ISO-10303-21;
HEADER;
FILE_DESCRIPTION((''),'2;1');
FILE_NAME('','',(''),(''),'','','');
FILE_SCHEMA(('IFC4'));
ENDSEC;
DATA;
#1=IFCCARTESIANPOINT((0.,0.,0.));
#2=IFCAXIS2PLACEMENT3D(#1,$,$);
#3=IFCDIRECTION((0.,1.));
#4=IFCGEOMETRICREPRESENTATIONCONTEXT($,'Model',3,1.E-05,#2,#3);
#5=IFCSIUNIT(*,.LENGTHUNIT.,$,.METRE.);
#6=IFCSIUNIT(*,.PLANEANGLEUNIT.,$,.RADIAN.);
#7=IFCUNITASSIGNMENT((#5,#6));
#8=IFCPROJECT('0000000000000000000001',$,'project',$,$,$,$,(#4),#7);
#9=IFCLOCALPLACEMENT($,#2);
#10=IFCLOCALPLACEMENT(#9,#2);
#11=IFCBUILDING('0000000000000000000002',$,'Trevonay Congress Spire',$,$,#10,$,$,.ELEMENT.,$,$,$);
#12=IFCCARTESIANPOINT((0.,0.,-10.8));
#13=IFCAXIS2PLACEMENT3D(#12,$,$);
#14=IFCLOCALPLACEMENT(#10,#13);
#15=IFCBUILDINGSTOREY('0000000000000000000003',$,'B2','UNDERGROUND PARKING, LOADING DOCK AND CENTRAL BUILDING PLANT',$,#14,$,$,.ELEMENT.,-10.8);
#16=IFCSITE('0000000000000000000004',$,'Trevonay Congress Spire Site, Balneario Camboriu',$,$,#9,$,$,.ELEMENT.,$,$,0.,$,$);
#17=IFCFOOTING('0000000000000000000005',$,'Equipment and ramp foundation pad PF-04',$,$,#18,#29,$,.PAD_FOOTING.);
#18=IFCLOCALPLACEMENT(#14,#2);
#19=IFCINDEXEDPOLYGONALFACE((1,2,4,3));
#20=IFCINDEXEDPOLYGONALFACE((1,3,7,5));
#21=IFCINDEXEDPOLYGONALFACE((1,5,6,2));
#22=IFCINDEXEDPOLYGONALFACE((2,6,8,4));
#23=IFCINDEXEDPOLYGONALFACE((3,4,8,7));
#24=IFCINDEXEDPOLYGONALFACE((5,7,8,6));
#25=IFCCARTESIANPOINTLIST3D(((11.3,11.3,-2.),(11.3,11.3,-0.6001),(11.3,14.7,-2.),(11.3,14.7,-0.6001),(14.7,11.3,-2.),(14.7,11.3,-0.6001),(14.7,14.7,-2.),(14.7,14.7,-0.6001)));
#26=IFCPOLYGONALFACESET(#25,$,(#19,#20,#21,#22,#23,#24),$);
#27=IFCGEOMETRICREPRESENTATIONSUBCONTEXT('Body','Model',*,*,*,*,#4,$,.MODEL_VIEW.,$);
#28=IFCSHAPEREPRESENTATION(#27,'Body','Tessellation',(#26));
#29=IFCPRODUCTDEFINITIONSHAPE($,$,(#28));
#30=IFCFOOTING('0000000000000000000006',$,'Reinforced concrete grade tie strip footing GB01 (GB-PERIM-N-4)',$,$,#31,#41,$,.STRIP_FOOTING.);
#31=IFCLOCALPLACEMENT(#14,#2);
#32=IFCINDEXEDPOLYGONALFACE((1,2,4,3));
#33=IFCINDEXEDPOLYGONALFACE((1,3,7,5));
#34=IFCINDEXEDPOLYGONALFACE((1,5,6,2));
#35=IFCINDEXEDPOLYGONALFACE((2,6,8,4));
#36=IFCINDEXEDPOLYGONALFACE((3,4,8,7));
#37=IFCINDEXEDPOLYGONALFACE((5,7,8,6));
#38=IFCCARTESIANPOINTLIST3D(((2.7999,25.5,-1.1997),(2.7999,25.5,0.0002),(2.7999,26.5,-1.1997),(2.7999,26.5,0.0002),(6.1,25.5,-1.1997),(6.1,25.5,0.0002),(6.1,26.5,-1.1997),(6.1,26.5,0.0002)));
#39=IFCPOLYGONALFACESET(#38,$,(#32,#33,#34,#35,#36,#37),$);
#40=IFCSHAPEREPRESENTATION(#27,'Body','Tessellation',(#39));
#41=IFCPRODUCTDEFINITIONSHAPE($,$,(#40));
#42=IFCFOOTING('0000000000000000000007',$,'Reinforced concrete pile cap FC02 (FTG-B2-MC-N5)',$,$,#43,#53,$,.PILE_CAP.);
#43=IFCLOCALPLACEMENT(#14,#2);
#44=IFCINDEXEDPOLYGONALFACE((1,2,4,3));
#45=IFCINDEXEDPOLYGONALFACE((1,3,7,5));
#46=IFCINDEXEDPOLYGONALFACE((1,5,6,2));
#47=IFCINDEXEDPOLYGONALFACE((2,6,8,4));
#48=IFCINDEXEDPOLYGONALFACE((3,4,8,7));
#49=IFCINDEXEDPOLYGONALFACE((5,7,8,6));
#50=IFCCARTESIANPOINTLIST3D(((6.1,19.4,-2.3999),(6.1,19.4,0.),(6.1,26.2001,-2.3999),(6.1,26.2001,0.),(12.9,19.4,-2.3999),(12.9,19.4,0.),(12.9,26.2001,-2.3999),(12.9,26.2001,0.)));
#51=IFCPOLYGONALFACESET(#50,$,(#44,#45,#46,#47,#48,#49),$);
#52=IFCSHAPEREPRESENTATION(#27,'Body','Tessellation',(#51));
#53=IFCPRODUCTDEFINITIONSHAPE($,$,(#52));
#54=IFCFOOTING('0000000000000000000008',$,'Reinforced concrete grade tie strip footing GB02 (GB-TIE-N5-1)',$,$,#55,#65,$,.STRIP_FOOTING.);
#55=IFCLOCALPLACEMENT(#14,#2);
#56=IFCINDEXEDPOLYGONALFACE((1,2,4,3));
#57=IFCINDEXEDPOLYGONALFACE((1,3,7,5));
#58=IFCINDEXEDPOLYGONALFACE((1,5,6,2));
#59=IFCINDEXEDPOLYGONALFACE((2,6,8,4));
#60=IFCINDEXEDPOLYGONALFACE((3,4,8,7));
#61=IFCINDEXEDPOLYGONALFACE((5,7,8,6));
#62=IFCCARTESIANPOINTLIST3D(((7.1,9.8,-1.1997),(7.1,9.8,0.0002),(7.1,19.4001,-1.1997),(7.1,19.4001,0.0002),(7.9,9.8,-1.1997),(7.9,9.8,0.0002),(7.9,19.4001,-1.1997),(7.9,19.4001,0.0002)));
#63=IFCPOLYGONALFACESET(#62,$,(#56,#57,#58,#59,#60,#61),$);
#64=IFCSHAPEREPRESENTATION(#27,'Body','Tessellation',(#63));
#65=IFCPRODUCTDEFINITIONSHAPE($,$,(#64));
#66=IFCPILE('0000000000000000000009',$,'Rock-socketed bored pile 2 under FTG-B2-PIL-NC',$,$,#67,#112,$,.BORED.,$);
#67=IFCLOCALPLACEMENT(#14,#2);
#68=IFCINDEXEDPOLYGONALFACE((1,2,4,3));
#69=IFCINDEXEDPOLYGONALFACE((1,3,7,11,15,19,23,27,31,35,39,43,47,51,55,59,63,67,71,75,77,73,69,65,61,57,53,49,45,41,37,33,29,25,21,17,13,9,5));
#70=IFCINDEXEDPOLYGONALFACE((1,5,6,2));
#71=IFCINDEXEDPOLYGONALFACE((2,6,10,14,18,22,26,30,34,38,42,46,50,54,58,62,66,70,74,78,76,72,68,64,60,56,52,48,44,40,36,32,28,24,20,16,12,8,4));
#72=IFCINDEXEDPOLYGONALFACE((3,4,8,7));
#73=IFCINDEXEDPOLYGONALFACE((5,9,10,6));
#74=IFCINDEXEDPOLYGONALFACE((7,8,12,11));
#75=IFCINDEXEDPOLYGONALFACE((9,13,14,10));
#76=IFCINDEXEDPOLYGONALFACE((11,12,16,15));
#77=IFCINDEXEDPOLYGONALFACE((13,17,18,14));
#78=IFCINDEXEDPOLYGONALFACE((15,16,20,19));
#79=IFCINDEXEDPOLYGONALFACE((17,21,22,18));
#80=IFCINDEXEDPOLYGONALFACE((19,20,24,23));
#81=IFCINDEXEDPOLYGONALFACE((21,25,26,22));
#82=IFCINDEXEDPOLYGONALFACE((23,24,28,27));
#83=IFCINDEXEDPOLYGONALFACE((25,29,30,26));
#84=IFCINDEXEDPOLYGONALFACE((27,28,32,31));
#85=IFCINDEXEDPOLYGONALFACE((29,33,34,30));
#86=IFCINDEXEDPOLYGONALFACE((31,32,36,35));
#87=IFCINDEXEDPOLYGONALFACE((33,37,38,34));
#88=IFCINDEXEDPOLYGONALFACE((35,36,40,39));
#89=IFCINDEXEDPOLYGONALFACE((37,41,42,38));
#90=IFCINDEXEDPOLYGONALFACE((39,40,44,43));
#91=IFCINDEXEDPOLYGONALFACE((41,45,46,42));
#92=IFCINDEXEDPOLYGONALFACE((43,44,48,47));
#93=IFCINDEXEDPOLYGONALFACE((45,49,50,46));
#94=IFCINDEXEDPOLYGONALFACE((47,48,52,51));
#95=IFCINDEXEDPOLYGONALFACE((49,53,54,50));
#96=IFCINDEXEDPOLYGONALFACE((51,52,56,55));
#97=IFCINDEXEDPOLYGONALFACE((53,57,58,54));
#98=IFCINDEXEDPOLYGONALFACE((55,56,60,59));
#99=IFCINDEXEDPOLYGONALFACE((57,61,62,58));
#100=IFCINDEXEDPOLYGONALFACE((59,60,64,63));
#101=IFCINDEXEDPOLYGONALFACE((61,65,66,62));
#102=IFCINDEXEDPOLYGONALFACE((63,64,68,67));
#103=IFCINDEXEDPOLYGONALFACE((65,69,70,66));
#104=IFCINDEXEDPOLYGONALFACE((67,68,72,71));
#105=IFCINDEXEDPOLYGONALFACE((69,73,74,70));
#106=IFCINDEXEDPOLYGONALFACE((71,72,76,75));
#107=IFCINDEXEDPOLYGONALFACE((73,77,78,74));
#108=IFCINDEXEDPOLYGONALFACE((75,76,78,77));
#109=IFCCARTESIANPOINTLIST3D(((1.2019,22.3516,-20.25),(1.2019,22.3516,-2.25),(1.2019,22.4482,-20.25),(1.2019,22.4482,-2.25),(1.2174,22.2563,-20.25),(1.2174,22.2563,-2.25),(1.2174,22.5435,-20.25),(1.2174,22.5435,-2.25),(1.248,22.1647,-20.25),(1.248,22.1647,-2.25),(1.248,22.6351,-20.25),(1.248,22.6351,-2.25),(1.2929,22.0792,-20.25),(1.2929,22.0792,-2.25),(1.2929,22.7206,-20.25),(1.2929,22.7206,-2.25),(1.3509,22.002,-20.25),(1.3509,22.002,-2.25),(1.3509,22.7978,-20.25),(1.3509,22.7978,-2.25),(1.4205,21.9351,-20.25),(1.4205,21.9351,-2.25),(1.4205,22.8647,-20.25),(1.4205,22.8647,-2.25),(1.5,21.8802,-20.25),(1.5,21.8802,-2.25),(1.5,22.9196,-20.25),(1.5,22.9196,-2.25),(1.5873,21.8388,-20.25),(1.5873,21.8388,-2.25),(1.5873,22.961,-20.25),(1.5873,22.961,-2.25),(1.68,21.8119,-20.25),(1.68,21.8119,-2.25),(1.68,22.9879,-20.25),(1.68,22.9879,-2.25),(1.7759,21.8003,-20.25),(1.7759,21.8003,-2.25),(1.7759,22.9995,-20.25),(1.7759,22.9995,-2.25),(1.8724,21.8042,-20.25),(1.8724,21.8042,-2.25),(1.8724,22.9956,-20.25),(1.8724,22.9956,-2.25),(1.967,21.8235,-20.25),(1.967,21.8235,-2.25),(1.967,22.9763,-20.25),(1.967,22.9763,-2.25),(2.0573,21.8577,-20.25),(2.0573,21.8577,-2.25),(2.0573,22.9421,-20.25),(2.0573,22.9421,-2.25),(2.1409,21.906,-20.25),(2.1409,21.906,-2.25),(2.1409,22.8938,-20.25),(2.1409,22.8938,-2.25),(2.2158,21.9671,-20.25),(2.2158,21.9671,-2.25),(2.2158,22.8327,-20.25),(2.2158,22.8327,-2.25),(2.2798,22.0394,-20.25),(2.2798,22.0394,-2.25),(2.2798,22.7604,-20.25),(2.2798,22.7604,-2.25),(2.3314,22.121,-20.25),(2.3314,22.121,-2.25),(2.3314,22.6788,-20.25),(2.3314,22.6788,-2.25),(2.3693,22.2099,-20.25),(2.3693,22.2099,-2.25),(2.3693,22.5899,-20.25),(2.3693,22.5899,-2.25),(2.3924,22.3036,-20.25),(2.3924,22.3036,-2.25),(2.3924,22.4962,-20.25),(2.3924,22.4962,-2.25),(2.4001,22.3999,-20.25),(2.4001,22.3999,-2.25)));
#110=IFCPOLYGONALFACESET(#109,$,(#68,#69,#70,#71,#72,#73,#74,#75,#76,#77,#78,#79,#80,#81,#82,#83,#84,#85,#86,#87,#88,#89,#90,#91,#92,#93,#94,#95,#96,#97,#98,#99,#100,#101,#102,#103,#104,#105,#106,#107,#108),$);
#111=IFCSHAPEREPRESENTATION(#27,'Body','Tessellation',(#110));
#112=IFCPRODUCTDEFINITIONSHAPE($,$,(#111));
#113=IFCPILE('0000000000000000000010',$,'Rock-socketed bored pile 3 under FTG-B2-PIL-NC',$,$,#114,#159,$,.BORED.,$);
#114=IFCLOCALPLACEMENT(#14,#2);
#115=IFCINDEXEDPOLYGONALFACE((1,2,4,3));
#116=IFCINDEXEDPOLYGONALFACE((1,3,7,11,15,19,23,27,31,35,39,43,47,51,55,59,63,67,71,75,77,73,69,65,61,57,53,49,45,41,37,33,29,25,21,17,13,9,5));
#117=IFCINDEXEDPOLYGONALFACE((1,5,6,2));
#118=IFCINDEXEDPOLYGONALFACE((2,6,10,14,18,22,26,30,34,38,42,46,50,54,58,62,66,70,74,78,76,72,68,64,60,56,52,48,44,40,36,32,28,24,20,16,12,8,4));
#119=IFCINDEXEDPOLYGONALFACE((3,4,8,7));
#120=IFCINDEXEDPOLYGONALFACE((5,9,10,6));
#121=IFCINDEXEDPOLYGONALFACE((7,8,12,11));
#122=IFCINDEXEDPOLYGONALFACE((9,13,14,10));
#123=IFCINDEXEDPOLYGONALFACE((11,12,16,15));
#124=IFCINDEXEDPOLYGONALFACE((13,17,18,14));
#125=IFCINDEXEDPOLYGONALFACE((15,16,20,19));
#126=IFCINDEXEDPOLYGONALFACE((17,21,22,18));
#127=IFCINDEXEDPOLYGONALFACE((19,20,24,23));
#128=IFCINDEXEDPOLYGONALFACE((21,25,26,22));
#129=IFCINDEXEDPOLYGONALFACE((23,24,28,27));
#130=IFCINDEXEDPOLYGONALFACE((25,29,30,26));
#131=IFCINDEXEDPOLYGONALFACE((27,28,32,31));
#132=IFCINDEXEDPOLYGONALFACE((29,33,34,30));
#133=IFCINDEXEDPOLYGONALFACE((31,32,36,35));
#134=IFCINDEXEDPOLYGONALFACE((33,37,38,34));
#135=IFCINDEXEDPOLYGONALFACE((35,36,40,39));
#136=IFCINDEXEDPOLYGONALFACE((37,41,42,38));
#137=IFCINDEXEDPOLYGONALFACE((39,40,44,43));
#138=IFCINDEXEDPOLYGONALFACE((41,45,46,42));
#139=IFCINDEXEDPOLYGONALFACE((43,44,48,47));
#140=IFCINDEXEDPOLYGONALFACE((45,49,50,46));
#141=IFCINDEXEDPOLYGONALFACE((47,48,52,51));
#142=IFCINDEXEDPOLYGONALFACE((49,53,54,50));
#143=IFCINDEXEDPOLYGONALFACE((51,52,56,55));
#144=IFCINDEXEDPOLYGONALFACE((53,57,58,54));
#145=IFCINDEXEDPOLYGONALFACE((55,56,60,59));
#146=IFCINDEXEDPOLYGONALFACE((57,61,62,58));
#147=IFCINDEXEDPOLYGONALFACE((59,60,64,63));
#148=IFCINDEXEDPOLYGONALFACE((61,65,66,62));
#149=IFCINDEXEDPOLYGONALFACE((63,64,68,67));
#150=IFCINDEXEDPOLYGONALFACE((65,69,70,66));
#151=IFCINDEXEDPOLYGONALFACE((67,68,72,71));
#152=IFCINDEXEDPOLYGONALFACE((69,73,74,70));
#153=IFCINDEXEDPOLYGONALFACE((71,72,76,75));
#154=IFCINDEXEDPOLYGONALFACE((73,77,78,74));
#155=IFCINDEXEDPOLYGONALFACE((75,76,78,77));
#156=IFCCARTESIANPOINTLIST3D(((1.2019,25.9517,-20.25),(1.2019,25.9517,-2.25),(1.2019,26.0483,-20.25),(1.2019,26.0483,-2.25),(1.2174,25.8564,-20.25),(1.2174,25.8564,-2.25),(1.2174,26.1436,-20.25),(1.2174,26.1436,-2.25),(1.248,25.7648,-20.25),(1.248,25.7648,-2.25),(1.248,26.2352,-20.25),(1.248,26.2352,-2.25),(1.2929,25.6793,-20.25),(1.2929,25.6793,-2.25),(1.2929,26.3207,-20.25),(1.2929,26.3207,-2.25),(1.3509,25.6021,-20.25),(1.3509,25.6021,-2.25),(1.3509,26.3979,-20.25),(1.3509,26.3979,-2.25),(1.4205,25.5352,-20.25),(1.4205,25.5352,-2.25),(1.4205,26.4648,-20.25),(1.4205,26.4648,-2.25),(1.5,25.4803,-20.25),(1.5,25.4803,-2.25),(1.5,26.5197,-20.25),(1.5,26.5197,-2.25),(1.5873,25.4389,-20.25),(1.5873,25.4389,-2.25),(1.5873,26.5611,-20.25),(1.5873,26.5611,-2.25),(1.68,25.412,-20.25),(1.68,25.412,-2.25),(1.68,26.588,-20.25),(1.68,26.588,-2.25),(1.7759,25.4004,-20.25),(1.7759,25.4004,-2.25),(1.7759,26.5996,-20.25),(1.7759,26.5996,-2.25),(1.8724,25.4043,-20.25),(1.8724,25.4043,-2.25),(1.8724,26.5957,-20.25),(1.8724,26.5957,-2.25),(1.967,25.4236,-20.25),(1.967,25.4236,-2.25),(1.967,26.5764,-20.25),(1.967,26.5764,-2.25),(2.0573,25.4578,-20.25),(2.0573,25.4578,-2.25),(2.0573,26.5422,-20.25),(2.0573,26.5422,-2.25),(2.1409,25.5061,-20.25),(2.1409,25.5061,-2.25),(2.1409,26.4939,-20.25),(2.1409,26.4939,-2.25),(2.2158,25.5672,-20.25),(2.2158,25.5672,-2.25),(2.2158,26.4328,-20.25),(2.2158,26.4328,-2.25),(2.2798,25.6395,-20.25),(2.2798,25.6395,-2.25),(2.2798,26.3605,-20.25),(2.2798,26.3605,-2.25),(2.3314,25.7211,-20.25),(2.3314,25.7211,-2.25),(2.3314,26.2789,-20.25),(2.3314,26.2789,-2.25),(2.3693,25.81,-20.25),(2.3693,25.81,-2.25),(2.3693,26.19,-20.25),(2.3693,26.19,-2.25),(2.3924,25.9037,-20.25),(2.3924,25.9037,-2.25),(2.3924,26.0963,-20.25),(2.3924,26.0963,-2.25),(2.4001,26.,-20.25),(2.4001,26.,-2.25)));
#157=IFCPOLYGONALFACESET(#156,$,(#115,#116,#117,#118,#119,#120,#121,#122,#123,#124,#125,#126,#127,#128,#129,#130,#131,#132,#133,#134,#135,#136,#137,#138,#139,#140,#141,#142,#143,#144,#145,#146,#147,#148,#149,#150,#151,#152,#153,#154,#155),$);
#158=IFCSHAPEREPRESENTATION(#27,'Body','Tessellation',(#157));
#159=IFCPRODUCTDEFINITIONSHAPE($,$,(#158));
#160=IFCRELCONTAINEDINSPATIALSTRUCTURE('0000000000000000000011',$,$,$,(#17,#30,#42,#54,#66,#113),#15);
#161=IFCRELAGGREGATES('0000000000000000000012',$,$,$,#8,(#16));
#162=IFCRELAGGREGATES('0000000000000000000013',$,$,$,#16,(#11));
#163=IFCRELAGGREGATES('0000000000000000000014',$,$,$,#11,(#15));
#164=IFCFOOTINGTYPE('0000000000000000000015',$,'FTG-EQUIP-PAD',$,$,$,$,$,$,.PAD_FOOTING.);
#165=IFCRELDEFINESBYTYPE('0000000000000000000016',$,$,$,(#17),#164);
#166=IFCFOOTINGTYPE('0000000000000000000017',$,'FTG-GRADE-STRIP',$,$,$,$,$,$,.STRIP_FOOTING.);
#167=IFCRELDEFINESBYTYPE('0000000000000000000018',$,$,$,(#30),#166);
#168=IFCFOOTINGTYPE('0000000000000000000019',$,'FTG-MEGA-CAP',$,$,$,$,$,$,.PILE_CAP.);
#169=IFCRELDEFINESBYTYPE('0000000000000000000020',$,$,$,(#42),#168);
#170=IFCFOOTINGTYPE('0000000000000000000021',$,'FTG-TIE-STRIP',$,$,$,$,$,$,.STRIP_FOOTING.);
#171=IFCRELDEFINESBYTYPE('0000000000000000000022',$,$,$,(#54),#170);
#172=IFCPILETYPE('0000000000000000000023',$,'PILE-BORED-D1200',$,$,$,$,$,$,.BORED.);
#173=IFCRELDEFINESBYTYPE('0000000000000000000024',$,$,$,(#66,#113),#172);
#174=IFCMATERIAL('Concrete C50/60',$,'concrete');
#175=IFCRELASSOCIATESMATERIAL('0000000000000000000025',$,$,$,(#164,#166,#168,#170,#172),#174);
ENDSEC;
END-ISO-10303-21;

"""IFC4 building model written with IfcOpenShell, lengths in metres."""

from ifc_helpers import new_model, si_unit, direction, frame, origin, origin_2d, place, context, subcontext, project, spatial, rectangle, circle, extrude, material, material_profile, profile_set, type_object, element, save


model = new_model("IFC4")

# Units and contexts
model_context = context("Model", 3, precision=1e-05, world=origin(), true_north=direction((0.0, 1.0)))
body_context = subcontext(model_context, "Body", "Model", "MODEL_VIEW")
ifc_project = project(units=[si_unit("LENGTHUNIT", "METRE"), si_unit("PLANEANGLEUNIT", "RADIAN")], contexts=[model_context])

# Site, building, storey
site_placement = place(None, origin())
site = spatial("IfcSite", under=ifc_project, at=site_placement, Name="Trevonay Congress Spire Site, Balneario Camboriu", CompositionType="ELEMENT", RefElevation=0.0)
building_placement = place(site_placement, origin())
building = spatial("IfcBuilding", under=site, at=building_placement, Name="Trevonay Congress Spire", CompositionType="ELEMENT")
storey_placement = place(building_placement, frame((0.0, 0.0, -10.8)))
storey = spatial("IfcBuildingStorey", under=building, at=storey_placement, Name="B2", Description="UNDERGROUND PARKING, LOADING DOCK AND CENTRAL BUILDING PLANT", CompositionType="ELEMENT", Elevation=-10.8)

# Footings
ifc_material_1 = material(Name="Concrete C50/60", Category="concrete")
footing_type_1 = type_object("IfcFootingType", Name="FTG-EQUIP-PAD", PredefinedType="PAD_FOOTING", material=ifc_material_1)
footing_1_placement = place(storey_placement, frame((13.0, 13.0, -2.0), z_axis=(0.0, 0.0, 1.0), x_axis=(1.0, 0.0, 0.0)))
element("IfcFooting", 1, at=footing_1_placement, inside=storey, type_object=footing_type_1, Name="Equipment and ramp foundation pad PF-04", PredefinedType="PAD_FOOTING", context=body_context, shape_type="SweptSolid", body=[
    extrude(rectangle(XDim=3.3999, YDim=3.3999, at=origin_2d()), origin(), (0.0, 0.0, 1.0), 1.3999),
])
footing_type_2 = type_object("IfcFootingType", Name="FTG-GRADE-STRIP", PredefinedType="STRIP_FOOTING", material=ifc_material_1)
footing_2_placement = place(storey_placement, frame((4.45, 26.0, -1.1997), z_axis=(0.0, 0.0, 1.0), x_axis=(1.0, 0.0, 0.0)))
element("IfcFooting", 2, at=footing_2_placement, inside=storey, type_object=footing_type_2, Name="Reinforced concrete grade tie strip footing GB01 (GB-PERIM-N-4)", PredefinedType="STRIP_FOOTING", context=body_context, shape_type="SweptSolid", body=[
    extrude(rectangle(XDim=3.3, YDim=1.0, at=origin_2d()), origin(), (0.0, 0.0, 1.0), 1.2),
])
footing_type_3 = type_object("IfcFootingType", Name="FTG-MEGA-CAP", PredefinedType="PILE_CAP", material=ifc_material_1)
footing_3_placement = place(storey_placement, frame((9.5, 22.8, -2.3999), z_axis=(0.0, 0.0, 1.0), x_axis=(1.0, 0.0, 0.0)))
element("IfcFooting", 3, at=footing_3_placement, inside=storey, type_object=footing_type_3, Name="Reinforced concrete pile cap FC02 (FTG-B2-MC-N5)", PredefinedType="PILE_CAP", context=body_context, shape_type="SweptSolid", body=[
    extrude(rectangle(XDim=6.8, YDim=6.8, at=origin_2d()), origin(), (0.0, 0.0, 1.0), 2.3999),
])
footing_type_4 = type_object("IfcFootingType", Name="FTG-TIE-STRIP", PredefinedType="STRIP_FOOTING", material=ifc_material_1)
footing_4_placement = place(storey_placement, frame((7.5, 14.6001, -1.1997), z_axis=(0.0, 0.0, 1.0), x_axis=(0.0, 1.0, 0.0)))
element("IfcFooting", 4, at=footing_4_placement, inside=storey, type_object=footing_type_4, Name="Reinforced concrete grade tie strip footing GB02 (GB-TIE-N5-1)", PredefinedType="STRIP_FOOTING", context=body_context, shape_type="SweptSolid", body=[
    extrude(rectangle(XDim=9.6001, YDim=0.8, at=origin_2d()), origin(), (0.0, 0.0, 1.0), 1.2),
])

# Piles
ifc_material_profile_1 = material_profile(ifc_material_1, circle(Radius=0.6001, at=origin_2d()), Name="PILE D1200")
ifc_profile_set_1 = profile_set([ifc_material_profile_1], Name="Concrete C50/60")
pile_type_1 = type_object("IfcPileType", Name="PILE-BORED-D1200", PredefinedType="BORED", material=ifc_profile_set_1)
for number, where, z_axis, x_axis, name in (
    (5, (1.8, 22.3999, -2.25), (0.0, 0.0, -1.0), (1.0, 0.0, 0.0), "Rock-socketed bored pile 2 under FTG-B2-PIL-NC"),
    (6, (1.8, 26.0, -2.25), (0.0, 0.0, -1.0), (1.0, 0.0, 0.0), "Rock-socketed bored pile 3 under FTG-B2-PIL-NC"),
):
    element("IfcPile", number, at=place(storey_placement, frame(where, z_axis=z_axis, x_axis=x_axis)), inside=storey, type_object=pile_type_1, Name=name, PredefinedType="BORED", context=body_context, shape_type="SweptSolid", body=[
        extrude(circle(Radius=0.6001, at=origin_2d()), origin(), (0.0, 0.0, 1.0), 18.0),
    ])

save(model, "model.ifc")
